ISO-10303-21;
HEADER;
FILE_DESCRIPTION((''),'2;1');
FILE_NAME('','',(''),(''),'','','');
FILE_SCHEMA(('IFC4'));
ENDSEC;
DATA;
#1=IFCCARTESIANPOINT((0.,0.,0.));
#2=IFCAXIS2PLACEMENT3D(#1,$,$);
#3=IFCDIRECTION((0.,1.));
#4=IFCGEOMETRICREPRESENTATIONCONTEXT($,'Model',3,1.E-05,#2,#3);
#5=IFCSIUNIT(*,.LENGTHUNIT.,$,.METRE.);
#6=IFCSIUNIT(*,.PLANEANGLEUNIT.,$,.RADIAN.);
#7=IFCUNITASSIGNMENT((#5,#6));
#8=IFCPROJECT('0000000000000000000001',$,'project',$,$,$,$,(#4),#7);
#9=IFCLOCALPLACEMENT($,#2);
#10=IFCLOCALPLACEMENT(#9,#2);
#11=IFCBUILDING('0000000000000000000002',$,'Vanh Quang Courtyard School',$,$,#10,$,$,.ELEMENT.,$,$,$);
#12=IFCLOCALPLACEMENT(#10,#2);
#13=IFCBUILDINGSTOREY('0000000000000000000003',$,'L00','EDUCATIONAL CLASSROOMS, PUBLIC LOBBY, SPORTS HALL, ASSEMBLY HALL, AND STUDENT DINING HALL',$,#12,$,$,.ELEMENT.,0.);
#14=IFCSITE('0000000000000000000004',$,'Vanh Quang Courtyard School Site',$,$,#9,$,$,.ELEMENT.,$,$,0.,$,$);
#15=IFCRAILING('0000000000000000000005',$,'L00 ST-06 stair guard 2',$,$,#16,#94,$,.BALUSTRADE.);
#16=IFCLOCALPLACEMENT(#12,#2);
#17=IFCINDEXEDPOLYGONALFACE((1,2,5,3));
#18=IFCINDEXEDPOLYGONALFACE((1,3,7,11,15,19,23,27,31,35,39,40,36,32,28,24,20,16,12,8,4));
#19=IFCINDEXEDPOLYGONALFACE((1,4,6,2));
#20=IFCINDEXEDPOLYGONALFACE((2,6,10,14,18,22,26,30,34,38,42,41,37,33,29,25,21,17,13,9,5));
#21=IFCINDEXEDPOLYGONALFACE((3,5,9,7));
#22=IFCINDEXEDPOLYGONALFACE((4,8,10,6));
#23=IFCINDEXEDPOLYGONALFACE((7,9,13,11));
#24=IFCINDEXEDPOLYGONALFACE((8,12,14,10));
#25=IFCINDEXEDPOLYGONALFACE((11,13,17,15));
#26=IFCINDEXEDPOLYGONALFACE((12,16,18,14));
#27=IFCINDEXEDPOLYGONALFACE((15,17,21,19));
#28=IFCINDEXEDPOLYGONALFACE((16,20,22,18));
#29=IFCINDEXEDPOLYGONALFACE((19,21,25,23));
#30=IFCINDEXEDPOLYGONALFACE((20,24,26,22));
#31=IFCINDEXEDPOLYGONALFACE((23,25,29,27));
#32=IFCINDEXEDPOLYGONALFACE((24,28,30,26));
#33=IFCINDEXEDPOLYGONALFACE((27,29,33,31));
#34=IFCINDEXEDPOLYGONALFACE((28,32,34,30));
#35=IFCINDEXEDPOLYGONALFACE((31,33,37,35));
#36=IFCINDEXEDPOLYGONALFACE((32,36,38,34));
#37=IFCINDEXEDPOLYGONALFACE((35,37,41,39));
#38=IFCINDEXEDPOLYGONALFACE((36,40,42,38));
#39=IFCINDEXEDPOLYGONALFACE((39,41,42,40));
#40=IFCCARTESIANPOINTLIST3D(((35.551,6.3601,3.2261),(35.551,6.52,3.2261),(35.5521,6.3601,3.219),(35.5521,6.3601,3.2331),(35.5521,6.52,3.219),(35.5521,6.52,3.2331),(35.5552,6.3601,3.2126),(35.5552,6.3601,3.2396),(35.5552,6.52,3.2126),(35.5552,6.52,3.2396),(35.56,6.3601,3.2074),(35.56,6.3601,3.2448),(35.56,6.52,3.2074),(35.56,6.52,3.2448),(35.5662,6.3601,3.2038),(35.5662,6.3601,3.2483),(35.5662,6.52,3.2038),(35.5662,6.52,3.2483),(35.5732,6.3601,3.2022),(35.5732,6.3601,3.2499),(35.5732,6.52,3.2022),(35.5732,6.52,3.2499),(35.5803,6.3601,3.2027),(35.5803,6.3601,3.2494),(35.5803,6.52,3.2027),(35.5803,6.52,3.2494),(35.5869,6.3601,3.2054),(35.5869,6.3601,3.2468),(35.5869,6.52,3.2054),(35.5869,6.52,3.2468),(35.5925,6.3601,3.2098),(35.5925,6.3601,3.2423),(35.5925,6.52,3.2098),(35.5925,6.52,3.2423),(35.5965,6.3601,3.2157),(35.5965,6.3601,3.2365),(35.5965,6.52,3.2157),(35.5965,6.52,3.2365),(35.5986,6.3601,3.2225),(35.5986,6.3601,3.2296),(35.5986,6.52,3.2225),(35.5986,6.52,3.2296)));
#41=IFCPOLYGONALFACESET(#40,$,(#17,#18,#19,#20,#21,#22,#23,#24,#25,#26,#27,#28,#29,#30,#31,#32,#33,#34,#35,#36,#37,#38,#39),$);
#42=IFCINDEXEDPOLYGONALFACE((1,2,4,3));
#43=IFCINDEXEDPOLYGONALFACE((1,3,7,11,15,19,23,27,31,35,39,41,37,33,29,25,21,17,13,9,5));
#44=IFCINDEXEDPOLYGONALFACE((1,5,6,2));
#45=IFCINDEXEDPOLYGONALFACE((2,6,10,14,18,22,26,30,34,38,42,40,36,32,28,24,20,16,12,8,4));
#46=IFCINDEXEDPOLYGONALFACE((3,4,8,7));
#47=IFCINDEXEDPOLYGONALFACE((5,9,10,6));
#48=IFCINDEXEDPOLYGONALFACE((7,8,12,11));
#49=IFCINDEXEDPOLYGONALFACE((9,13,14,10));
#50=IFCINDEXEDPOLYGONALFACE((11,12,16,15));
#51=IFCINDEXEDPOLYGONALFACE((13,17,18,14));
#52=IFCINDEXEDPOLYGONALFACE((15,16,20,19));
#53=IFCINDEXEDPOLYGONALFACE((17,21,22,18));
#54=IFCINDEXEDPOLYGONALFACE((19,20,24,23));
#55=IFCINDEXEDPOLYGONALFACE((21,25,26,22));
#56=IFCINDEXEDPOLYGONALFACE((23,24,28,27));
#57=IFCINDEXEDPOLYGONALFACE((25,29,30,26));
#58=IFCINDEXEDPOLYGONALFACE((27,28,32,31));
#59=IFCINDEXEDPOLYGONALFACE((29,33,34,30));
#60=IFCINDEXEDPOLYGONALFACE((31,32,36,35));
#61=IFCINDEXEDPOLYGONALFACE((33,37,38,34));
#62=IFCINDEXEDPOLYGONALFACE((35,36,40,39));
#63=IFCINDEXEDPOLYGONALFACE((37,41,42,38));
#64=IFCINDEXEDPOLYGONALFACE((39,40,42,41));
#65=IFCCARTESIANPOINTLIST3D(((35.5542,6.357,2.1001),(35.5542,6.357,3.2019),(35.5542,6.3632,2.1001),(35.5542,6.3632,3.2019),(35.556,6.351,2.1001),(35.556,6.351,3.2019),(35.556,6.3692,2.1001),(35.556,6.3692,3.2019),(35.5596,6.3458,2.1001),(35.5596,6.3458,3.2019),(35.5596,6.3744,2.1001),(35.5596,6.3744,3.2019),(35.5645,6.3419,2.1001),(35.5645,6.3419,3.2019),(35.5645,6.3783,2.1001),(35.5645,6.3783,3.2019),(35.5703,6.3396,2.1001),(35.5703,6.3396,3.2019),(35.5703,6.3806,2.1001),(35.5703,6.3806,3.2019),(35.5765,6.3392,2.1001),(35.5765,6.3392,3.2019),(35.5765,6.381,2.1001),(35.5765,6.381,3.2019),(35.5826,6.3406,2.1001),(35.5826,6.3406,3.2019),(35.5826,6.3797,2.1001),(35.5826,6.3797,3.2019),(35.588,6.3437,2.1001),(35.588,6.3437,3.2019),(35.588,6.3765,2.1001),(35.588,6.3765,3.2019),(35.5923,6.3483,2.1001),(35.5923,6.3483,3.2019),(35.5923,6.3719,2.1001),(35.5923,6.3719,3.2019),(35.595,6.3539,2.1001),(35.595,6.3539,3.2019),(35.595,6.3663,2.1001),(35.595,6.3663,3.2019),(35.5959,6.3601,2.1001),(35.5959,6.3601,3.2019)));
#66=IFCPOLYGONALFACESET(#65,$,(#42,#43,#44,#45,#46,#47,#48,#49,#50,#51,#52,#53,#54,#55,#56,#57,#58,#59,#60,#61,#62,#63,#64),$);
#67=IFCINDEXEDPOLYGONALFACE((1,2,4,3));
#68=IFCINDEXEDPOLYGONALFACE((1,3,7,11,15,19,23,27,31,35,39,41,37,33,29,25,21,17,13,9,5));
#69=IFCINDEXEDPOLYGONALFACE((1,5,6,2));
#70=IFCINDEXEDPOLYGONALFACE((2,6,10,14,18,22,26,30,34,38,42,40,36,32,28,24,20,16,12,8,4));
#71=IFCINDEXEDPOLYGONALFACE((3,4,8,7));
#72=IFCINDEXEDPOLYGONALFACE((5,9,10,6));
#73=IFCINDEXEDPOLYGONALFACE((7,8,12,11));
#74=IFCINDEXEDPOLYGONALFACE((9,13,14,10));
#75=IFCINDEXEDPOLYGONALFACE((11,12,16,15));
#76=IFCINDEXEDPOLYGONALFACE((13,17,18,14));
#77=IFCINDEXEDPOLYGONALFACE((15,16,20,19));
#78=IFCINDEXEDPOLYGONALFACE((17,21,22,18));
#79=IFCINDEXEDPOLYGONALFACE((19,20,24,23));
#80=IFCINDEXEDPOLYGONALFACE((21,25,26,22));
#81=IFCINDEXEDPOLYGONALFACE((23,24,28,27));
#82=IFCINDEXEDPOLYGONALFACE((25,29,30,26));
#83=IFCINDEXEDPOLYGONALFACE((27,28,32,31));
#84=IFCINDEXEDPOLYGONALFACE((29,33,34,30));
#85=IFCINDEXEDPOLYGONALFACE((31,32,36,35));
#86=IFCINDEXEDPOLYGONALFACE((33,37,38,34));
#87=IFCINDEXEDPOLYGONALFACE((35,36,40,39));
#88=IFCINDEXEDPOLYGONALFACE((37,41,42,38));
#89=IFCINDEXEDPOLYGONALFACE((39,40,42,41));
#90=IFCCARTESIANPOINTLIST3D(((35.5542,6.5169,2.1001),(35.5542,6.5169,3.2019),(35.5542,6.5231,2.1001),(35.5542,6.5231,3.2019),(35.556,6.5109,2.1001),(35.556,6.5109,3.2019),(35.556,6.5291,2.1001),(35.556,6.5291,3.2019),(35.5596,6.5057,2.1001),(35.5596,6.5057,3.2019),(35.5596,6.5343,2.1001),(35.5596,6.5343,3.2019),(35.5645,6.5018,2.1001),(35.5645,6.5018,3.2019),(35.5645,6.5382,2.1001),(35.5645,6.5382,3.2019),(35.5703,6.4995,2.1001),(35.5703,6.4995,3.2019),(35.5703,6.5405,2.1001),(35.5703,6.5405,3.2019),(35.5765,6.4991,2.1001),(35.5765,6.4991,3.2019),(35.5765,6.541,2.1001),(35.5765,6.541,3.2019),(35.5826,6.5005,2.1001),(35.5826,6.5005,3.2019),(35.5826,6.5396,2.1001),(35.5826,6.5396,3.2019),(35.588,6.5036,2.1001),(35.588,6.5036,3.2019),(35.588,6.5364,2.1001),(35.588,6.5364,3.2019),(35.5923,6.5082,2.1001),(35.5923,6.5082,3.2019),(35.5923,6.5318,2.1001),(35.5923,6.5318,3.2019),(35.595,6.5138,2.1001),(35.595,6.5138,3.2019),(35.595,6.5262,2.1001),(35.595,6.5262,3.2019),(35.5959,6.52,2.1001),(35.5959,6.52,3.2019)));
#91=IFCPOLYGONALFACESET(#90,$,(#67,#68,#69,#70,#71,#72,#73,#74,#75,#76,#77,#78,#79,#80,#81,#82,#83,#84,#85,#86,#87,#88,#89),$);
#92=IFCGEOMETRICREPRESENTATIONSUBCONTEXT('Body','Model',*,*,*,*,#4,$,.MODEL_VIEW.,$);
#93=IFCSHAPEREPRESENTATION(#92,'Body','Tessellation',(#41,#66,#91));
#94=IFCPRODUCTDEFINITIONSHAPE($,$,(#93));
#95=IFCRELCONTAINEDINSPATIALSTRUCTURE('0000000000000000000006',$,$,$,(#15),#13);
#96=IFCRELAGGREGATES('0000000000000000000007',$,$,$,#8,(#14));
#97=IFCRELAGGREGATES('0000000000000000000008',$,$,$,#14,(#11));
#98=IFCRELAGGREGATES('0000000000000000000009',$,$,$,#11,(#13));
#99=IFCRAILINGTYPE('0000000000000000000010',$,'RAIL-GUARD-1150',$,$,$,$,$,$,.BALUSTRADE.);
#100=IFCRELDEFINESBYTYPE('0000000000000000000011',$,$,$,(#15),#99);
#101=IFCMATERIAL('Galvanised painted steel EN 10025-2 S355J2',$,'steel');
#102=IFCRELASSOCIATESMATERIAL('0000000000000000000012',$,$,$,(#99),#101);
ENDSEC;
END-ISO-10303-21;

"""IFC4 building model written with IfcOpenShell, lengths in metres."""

from ifc_helpers import new_model, si_unit, direction, frame, origin, origin_2d, place, context, subcontext, project, spatial, circle, extrude, material, type_object, element, save


model = new_model("IFC4")

# Units and contexts
model_context = context("Model", 3, precision=1e-05, world=origin(), true_north=direction((0.0, 1.0)))
body_context = subcontext(model_context, "Body", "Model", "MODEL_VIEW")
ifc_project = project(units=[si_unit("LENGTHUNIT", "METRE"), si_unit("PLANEANGLEUNIT", "RADIAN")], contexts=[model_context])

# Site, building, storey
site_placement = place(None, origin())
site = spatial("IfcSite", under=ifc_project, at=site_placement, Name="Vanh Quang Courtyard School Site", CompositionType="ELEMENT", RefElevation=0.0)
building_placement = place(site_placement, origin())
building = spatial("IfcBuilding", under=site, at=building_placement, Name="Vanh Quang Courtyard School", CompositionType="ELEMENT")
storey_placement = place(building_placement, origin())
storey = spatial("IfcBuildingStorey", under=building, at=storey_placement, Name="L00", Description="EDUCATIONAL CLASSROOMS, PUBLIC LOBBY, SPORTS HALL, ASSEMBLY HALL, AND STUDENT DINING HALL", CompositionType="ELEMENT", Elevation=0.0)

# Railing
ifc_material_1 = material(Name="Galvanised painted steel EN 10025-2 S355J2", Category="steel")
railing_type_1 = type_object("IfcRailingType", Name="RAIL-GUARD-1150", PredefinedType="BALUSTRADE", material=ifc_material_1)
railing_1_placement = place(storey_placement, frame((35.575, 6.3601, 2.1001)))
element("IfcRailing", 1, at=railing_1_placement, inside=storey, type_object=railing_type_1, Name="L00 ST-06 stair guard 2", PredefinedType="BALUSTRADE", context=body_context, shape_type="SweptSolid", body=[
    extrude(circle(Radius=0.0239, at=origin_2d()), frame((0.0, 0.0, 1.126), z_axis=(0.0, 1.0, 0.0), x_axis=(-1.0, 0.0, 0.0)), (0.0, 0.0, 1.0), 0.1599),
    extrude(circle(Radius=0.021, at=origin_2d()), origin(), (0.0, 0.0, 1.0), 1.1018),
    extrude(circle(Radius=0.021, at=origin_2d()), frame((0.0, 0.1599, 0.0)), (0.0, 0.0, 1.0), 1.1018),
])

save(model, "model.ifc")
